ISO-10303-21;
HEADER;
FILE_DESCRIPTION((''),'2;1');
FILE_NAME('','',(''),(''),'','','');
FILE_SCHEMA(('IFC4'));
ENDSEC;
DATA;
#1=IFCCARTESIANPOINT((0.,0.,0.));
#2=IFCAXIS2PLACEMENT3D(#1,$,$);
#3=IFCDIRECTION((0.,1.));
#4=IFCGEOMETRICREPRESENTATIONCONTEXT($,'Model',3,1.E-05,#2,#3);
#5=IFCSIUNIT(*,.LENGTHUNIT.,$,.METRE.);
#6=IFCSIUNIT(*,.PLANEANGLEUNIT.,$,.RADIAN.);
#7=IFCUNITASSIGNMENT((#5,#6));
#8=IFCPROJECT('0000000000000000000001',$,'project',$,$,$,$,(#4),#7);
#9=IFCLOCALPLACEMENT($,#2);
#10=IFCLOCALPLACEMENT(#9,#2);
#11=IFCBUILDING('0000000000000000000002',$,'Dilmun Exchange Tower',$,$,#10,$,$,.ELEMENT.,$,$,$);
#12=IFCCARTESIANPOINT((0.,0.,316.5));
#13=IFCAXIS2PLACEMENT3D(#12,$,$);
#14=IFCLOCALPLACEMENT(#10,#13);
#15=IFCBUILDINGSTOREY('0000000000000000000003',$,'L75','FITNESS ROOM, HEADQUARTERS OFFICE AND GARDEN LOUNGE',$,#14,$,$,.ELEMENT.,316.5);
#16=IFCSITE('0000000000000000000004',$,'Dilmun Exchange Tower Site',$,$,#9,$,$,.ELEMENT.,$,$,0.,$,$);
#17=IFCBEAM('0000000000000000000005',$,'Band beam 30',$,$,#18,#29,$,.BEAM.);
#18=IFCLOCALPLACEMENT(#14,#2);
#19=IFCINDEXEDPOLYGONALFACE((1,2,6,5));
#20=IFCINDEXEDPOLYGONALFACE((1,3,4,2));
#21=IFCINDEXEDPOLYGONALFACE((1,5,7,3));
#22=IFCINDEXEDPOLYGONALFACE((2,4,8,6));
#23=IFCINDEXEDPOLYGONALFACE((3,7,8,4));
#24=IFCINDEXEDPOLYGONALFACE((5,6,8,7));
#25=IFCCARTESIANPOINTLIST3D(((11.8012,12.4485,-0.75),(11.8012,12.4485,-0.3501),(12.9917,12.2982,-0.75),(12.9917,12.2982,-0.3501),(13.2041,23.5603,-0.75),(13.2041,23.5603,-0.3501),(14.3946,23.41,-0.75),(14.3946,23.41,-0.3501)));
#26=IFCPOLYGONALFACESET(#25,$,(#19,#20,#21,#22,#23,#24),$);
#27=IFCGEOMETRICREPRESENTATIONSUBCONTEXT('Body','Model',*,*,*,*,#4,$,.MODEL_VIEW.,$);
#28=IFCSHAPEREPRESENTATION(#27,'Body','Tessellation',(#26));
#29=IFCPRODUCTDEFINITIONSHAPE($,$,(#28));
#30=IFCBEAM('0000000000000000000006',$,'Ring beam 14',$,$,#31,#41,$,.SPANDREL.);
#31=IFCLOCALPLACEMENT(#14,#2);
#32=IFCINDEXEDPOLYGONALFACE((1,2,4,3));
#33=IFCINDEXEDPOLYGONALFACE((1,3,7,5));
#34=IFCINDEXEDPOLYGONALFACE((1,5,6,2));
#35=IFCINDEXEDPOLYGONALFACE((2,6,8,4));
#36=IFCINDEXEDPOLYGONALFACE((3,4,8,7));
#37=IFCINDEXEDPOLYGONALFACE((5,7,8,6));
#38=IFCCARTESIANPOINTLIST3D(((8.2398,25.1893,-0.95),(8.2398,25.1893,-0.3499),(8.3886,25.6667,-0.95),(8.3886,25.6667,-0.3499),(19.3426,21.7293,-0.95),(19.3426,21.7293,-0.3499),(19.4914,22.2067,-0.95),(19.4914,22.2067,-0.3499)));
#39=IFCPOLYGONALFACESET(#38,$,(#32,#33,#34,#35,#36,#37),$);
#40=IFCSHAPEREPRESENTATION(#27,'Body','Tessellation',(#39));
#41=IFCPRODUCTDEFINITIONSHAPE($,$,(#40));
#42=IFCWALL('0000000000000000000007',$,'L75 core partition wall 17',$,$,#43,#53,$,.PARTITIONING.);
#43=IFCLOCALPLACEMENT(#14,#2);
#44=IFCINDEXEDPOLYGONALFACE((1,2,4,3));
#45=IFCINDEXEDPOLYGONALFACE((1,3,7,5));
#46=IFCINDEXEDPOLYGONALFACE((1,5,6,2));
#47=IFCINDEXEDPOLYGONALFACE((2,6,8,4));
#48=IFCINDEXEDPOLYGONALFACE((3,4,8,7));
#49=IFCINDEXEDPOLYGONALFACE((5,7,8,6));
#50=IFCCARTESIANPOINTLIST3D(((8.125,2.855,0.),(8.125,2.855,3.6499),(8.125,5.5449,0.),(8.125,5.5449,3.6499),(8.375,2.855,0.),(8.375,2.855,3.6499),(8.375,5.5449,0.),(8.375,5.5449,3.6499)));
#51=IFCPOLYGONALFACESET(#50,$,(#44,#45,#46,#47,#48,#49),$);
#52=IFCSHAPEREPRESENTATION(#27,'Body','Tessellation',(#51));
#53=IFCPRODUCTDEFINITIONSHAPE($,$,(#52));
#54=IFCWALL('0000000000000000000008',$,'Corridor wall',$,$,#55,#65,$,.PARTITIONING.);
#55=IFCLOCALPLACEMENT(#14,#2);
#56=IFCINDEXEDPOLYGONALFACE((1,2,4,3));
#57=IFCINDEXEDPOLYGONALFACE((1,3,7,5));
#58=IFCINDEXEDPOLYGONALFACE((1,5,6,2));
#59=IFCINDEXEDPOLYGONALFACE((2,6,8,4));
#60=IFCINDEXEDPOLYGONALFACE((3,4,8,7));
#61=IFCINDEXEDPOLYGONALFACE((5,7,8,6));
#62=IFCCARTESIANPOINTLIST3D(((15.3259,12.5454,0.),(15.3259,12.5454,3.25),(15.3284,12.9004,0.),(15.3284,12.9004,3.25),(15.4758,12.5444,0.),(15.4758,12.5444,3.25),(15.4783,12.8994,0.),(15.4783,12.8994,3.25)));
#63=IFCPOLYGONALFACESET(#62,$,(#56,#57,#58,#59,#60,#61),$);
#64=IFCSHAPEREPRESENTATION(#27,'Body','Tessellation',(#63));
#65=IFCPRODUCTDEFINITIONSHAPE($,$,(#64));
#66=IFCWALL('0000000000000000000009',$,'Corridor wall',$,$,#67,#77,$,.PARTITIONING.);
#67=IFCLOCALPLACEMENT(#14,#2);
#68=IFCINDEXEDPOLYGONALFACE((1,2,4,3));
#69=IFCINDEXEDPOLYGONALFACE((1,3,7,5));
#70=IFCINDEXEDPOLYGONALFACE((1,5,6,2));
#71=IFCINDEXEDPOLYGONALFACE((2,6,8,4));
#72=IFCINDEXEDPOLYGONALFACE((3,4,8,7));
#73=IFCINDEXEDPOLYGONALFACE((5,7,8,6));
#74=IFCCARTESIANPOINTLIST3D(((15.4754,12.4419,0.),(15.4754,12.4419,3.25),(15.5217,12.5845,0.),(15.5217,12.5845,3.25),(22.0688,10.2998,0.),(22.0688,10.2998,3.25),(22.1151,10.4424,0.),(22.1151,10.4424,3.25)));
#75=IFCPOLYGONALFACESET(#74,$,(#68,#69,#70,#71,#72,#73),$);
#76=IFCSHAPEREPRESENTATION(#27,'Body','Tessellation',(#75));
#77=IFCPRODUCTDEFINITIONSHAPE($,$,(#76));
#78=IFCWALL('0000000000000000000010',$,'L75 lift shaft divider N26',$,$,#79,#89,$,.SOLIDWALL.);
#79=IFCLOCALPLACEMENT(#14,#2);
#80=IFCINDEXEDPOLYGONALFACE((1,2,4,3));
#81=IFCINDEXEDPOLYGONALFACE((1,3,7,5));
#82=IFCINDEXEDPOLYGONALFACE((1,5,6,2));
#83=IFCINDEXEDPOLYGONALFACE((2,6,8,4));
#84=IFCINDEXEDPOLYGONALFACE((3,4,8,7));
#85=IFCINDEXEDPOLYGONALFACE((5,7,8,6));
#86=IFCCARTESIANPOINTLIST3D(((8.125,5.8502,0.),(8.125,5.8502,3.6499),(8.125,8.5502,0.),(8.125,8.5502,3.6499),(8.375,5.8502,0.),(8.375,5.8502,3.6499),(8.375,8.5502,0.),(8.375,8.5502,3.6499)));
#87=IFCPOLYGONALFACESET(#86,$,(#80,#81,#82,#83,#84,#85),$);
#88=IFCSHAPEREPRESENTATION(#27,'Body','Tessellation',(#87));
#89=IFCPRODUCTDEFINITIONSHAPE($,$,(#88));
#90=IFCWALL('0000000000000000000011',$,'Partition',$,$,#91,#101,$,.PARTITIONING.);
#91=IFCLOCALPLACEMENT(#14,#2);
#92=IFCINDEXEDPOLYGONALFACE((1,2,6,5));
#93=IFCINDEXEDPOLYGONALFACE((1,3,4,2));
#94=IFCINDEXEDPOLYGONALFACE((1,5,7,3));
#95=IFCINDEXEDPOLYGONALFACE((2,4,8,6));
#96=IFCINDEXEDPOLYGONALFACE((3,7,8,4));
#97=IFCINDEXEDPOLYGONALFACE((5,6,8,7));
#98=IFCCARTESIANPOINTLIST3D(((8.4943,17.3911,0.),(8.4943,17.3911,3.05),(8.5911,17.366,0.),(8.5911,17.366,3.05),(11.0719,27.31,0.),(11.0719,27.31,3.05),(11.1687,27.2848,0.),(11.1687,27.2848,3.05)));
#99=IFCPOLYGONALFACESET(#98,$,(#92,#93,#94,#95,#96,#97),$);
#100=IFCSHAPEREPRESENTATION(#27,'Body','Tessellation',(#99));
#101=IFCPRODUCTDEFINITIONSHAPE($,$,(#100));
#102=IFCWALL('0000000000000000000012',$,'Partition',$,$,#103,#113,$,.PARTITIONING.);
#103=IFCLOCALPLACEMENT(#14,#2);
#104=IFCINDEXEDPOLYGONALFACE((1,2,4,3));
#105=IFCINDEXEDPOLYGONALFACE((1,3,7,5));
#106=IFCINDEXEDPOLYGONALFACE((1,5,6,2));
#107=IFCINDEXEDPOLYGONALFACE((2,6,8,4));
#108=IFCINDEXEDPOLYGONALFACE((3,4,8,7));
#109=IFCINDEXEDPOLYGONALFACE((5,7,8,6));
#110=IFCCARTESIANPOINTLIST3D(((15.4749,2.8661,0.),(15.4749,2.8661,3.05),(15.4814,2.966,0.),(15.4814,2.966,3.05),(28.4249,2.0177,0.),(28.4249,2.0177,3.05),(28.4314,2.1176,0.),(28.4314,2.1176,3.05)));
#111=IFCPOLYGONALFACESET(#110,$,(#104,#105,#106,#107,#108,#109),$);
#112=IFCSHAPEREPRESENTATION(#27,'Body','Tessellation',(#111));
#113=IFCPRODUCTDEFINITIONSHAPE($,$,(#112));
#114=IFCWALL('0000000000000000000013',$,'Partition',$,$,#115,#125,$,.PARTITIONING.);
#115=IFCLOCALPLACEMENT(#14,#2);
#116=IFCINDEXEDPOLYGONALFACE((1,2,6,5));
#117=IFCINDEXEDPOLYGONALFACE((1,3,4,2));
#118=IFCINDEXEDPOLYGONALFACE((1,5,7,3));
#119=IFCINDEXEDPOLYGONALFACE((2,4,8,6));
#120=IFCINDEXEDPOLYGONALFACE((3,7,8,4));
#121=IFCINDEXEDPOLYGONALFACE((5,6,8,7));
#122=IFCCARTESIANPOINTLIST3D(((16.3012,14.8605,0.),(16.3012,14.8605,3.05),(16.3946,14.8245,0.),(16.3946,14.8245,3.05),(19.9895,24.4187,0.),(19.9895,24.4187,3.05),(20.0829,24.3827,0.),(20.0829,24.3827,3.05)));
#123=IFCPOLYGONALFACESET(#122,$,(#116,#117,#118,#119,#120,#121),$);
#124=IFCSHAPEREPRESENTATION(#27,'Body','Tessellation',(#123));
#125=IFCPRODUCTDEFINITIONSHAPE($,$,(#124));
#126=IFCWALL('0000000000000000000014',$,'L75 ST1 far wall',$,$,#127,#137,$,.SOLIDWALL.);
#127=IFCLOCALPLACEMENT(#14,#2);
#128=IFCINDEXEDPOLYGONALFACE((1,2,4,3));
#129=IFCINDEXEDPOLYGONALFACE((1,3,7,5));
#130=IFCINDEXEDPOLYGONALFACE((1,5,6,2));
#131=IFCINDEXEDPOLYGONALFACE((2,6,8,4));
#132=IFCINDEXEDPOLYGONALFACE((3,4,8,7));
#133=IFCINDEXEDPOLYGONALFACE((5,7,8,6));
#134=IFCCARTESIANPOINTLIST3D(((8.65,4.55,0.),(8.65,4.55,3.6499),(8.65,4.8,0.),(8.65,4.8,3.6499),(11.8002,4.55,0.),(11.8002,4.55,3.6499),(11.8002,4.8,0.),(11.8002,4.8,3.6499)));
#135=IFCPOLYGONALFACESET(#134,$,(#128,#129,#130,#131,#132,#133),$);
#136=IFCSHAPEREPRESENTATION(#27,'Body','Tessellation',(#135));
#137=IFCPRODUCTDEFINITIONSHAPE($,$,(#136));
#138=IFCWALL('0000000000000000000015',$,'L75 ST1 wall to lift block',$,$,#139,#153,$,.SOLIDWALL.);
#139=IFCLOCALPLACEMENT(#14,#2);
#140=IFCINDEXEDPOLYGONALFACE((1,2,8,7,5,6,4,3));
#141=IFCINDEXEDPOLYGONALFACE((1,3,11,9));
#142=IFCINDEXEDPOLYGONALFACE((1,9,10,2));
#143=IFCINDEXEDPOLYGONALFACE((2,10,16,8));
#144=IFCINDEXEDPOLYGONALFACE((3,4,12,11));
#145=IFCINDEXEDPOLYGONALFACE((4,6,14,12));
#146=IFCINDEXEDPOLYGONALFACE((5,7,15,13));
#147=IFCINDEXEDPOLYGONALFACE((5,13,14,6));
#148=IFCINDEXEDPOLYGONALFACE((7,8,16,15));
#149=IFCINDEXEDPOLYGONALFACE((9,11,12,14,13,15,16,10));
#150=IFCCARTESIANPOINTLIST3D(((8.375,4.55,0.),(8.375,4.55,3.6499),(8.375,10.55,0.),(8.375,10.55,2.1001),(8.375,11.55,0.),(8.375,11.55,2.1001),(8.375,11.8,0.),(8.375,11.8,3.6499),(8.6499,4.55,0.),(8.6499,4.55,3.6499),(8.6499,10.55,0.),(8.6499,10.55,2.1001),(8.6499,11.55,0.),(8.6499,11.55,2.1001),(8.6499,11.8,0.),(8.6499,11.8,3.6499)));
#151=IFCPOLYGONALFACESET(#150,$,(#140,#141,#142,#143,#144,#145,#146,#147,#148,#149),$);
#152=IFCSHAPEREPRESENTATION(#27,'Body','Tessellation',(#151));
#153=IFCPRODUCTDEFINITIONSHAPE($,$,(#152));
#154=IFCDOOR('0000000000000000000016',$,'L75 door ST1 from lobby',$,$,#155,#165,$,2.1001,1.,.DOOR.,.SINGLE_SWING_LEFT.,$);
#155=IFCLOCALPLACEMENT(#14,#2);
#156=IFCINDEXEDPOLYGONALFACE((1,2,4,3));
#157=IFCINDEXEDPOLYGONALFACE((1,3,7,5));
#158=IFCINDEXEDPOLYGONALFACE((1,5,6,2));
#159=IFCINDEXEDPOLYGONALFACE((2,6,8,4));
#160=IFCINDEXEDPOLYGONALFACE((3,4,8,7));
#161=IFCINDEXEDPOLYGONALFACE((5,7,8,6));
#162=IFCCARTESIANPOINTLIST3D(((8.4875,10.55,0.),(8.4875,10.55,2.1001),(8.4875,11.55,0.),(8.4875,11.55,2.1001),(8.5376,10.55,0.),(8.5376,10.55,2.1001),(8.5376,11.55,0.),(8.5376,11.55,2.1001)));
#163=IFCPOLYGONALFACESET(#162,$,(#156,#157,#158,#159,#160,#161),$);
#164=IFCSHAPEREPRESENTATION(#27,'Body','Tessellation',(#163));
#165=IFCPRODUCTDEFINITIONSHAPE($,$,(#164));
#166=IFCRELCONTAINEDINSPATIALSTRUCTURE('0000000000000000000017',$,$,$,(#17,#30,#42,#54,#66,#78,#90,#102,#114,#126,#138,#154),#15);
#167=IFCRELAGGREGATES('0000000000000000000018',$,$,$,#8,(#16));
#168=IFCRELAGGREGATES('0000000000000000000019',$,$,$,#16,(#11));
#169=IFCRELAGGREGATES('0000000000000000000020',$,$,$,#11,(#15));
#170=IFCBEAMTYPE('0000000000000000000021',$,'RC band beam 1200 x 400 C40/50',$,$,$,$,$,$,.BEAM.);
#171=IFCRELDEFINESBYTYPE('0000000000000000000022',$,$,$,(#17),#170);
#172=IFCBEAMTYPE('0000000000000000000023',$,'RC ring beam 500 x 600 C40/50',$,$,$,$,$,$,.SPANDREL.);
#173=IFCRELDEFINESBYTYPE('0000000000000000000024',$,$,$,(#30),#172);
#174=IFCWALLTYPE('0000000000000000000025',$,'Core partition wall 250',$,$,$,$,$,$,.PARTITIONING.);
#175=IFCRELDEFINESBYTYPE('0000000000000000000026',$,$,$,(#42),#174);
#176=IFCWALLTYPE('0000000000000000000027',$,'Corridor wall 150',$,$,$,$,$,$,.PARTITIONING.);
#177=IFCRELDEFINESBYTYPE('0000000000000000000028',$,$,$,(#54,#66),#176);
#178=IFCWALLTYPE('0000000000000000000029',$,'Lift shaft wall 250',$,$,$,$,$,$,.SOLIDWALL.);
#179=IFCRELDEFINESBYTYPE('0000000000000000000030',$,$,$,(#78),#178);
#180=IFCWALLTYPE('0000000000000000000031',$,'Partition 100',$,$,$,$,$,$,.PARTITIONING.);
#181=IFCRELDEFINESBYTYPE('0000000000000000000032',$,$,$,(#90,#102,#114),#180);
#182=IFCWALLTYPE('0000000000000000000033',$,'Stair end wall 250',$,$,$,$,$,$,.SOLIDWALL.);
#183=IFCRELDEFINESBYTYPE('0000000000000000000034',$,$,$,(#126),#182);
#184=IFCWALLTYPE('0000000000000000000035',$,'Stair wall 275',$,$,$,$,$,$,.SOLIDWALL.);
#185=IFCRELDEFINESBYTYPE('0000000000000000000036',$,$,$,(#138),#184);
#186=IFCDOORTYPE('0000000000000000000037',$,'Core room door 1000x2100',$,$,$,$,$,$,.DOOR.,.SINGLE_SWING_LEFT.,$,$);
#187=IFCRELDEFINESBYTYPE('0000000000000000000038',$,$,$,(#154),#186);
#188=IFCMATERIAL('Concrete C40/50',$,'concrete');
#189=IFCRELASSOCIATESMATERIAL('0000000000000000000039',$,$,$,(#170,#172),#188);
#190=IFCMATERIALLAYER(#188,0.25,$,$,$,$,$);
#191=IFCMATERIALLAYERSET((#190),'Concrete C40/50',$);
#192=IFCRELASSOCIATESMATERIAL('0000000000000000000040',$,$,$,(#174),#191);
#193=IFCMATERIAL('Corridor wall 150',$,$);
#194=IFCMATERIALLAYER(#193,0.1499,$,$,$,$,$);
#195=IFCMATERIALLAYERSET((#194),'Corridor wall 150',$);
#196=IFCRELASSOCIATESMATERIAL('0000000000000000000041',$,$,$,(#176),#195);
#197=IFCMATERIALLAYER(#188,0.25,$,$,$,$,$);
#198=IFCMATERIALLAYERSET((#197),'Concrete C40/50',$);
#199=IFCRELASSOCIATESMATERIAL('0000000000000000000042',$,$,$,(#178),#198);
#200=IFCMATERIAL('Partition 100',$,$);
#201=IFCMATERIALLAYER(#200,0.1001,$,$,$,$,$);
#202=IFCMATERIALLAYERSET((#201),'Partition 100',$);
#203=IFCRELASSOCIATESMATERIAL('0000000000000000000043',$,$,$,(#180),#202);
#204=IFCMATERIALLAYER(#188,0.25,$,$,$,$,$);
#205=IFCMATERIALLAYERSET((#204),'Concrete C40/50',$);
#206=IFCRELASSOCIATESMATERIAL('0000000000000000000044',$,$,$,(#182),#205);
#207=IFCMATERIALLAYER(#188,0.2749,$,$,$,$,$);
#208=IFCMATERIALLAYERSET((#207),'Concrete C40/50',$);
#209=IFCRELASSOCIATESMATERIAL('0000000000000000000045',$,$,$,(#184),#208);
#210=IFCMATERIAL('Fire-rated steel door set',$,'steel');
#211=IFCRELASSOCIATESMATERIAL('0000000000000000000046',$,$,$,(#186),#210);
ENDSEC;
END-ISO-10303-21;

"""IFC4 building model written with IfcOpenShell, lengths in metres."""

from ifc_helpers import new_model, si_unit, direction, frame, frame_2d, origin, origin_2d, place, context, subcontext, project, spatial, rectangle, extrude, material, layer, layer_set, material_profile, profile_set, type_object, element, fill, save


model = new_model("IFC4")

# Units and contexts
model_context = context("Model", 3, precision=1e-05, world=origin(), true_north=direction((0.0, 1.0)))
body_context = subcontext(model_context, "Body", "Model", "MODEL_VIEW")
ifc_project = project(units=[si_unit("LENGTHUNIT", "METRE"), si_unit("PLANEANGLEUNIT", "RADIAN")], contexts=[model_context])

# Site, building, storey
site_placement = place(None, origin())
site = spatial("IfcSite", under=ifc_project, at=site_placement, Name="Dilmun Exchange Tower Site", CompositionType="ELEMENT", RefElevation=0.0)
building_placement = place(site_placement, origin())
building = spatial("IfcBuilding", under=site, at=building_placement, Name="Dilmun Exchange Tower", CompositionType="ELEMENT")
storey_placement = place(building_placement, frame((0.0, 0.0, 316.5)))
storey = spatial("IfcBuildingStorey", under=building, at=storey_placement, Name="L75", Description="FITNESS ROOM, HEADQUARTERS OFFICE AND GARDEN LOUNGE", CompositionType="ELEMENT", Elevation=316.5)

# Beams
ifc_material_1 = material(Name="Concrete C40/50", Category="concrete")
ifc_material_profile_1 = material_profile(ifc_material_1, rectangle(XDim=1.2, YDim=0.3999, at=origin_2d()), Name="1200 x 400")
ifc_profile_set_1 = profile_set([ifc_material_profile_1], Name="Concrete C40/50")
beam_type_1 = type_object("IfcBeamType", Name="RC band beam 1200 x 400 C40/50", PredefinedType="BEAM", material=ifc_profile_set_1)
beam_1_placement = place(storey_placement, frame((13.7993, 23.4851, -0.55), z_axis=(-0.125253, -0.992125, 0.0), x_axis=(0.992125, -0.125253, 0.0)))
element("IfcBeam", 1, at=beam_1_placement, inside=storey, type_object=beam_type_1, Name="Band beam 30", PredefinedType="BEAM", context=body_context, shape_type="SweptSolid", body=[
    extrude(rectangle(XDim=1.2, YDim=0.3999, at=origin_2d()), origin(), (0.0, 0.0, 1.0), 11.2),
])
ifc_material_profile_2 = material_profile(ifc_material_1, rectangle(XDim=0.5, YDim=0.6001, at=origin_2d()), Name="500 x 600")
ifc_profile_set_2 = profile_set([ifc_material_profile_2], Name="Concrete C40/50")
beam_type_2 = type_object("IfcBeamType", Name="RC ring beam 500 x 600 C40/50", PredefinedType="SPANDREL", material=ifc_profile_set_2)
beam_2_placement = place(storey_placement, frame((19.417, 21.968, -0.6499), z_axis=(-0.954716, 0.297518, 0.0), x_axis=(-0.297518, -0.954716, 0.0)))
element("IfcBeam", 2, at=beam_2_placement, inside=storey, type_object=beam_type_2, Name="Ring beam 14", PredefinedType="SPANDREL", context=body_context, shape_type="SweptSolid", body=[
    extrude(rectangle(XDim=0.5, YDim=0.6001, at=origin_2d()), origin(), (0.0, 0.0, 1.0), 11.6294),
])

# Walls
ifc_layer_1 = layer(ifc_material_1, 0.25)
ifc_layer_set_1 = layer_set([ifc_layer_1], Name="Concrete C40/50")
wall_type_1 = type_object("IfcWallType", Name="Core partition wall 250", PredefinedType="PARTITIONING", material=ifc_layer_set_1)
wall_1_placement = place(storey_placement, frame((8.25, 2.855, 0.0), z_axis=(0.0, 0.0, 1.0), x_axis=(0.0, 1.0, 0.0)))
element("IfcWall", 3, at=wall_1_placement, inside=storey, type_object=wall_type_1, Name="L75 core partition wall 17", PredefinedType="PARTITIONING", context=body_context, shape_type="SweptSolid", body=[
    extrude(rectangle(XDim=2.6899, YDim=0.25, at=frame_2d((1.345, 0.0))), origin(), (0.0, 0.0, 1.0), 3.6499),
])
ifc_material_2 = material(Name="Corridor wall 150")
ifc_layer_2 = layer(ifc_material_2, 0.1499)
ifc_layer_set_2 = layer_set([ifc_layer_2], Name="Corridor wall 150")
wall_type_2 = type_object("IfcWallType", Name="Corridor wall 150", PredefinedType="PARTITIONING", material=ifc_layer_set_2)
wall_2_placement = place(storey_placement, frame((15.4033, 12.8999, 0.0), z_axis=(0.0, 0.0, 1.0), x_axis=(-0.006877, -0.999976, 0.0)))
element("IfcWall", 4, at=wall_2_placement, inside=storey, type_object=wall_type_2, Name="Corridor wall", PredefinedType="PARTITIONING", context=body_context, shape_type="SweptSolid", body=[
    extrude(rectangle(XDim=0.355, YDim=0.1499, at=frame_2d((0.1775, 0.0))), origin(), (0.0, 0.0, 1.0), 3.25),
])
wall_3_placement = place(storey_placement, frame((15.4985, 12.5132, 0.0), z_axis=(0.0, 0.0, 1.0), x_axis=(0.951068, -0.308982, 0.0)))
element("IfcWall", 5, at=wall_3_placement, inside=storey, type_object=wall_type_2, Name="Corridor wall", PredefinedType="PARTITIONING", context=body_context, shape_type="SweptSolid", body=[
    extrude(rectangle(XDim=6.9326, YDim=0.1499, at=frame_2d((3.4663, 0.0))), origin(), (0.0, 0.0, 1.0), 3.25),
])
ifc_layer_3 = layer(ifc_material_1, 0.25)
ifc_layer_set_3 = layer_set([ifc_layer_3], Name="Concrete C40/50")
wall_type_3 = type_object("IfcWallType", Name="Lift shaft wall 250", PredefinedType="SOLIDWALL", material=ifc_layer_set_3)
wall_4_placement = place(storey_placement, frame((8.25, 5.8501, 0.0), z_axis=(0.0, 0.0, 1.0), x_axis=(0.0, 1.0, 0.0)))
element("IfcWall", 6, at=wall_4_placement, inside=storey, type_object=wall_type_3, Name="L75 lift shaft divider N26", PredefinedType="SOLIDWALL", context=body_context, shape_type="SweptSolid", body=[
    extrude(rectangle(XDim=2.7, YDim=0.25, at=frame_2d((1.3501, 0.0))), origin(), (0.0, 0.0, 1.0), 3.6499),
])
ifc_material_3 = material(Name="Partition 100")
ifc_layer_4 = layer(ifc_material_3, 0.1001)
ifc_layer_set_4 = layer_set([ifc_layer_4], Name="Partition 100")
wall_type_4 = type_object("IfcWallType", Name="Partition 100", PredefinedType="PARTITIONING", material=ifc_layer_set_4)
wall_5_placement = place(storey_placement, frame((8.5427, 17.3787, 0.0), z_axis=(0.0, 0.0, 1.0), x_axis=(0.251516, 0.967853, 0.0)))
element("IfcWall", 7, at=wall_5_placement, inside=storey, type_object=wall_type_4, Name="Partition", PredefinedType="PARTITIONING", context=body_context, shape_type="SweptSolid", body=[
    extrude(rectangle(XDim=10.2483, YDim=0.1001, at=frame_2d((5.124, 0.0))), origin(), (0.0, 0.0, 1.0), 3.05),
])
wall_6_placement = place(storey_placement, frame((15.4783, 2.916, 0.0), z_axis=(0.0, 0.0, 1.0), x_axis=(0.997861, -0.065373, 0.0)))
element("IfcWall", 8, at=wall_6_placement, inside=storey, type_object=wall_type_4, Name="Partition", PredefinedType="PARTITIONING", context=body_context, shape_type="SweptSolid", body=[
    extrude(rectangle(XDim=12.9778, YDim=0.1001, at=frame_2d((6.4888, 0.0))), origin(), (0.0, 0.0, 1.0), 3.05),
])
wall_7_placement = place(storey_placement, frame((16.3479, 14.8425, 0.0), z_axis=(0.0, 0.0, 1.0), x_axis=(0.360002, 0.932951, 0.0)))
element("IfcWall", 9, at=wall_7_placement, inside=storey, type_object=wall_type_4, Name="Partition", PredefinedType="PARTITIONING", context=body_context, shape_type="SweptSolid", body=[
    extrude(rectangle(XDim=10.2451, YDim=0.1001, at=frame_2d((5.1226, 0.0))), origin(), (0.0, 0.0, 1.0), 3.05),
])
ifc_layer_5 = layer(ifc_material_1, 0.25)
ifc_layer_set_5 = layer_set([ifc_layer_5], Name="Concrete C40/50")
wall_type_5 = type_object("IfcWallType", Name="Stair end wall 250", PredefinedType="SOLIDWALL", material=ifc_layer_set_5)
wall_8_placement = place(storey_placement, frame((8.6499, 4.675, 0.0), z_axis=(0.0, 0.0, 1.0), x_axis=(1.0, 0.0, 0.0)))
element("IfcWall", 10, at=wall_8_placement, inside=storey, type_object=wall_type_5, Name="L75 ST1 far wall", PredefinedType="SOLIDWALL", context=body_context, shape_type="SweptSolid", body=[
    extrude(rectangle(XDim=3.1501, YDim=0.25, at=frame_2d((1.5752, 0.0))), origin(), (0.0, 0.0, 1.0), 3.6499),
])

# Wall, opening, door
ifc_layer_6 = layer(ifc_material_1, 0.2749)
ifc_layer_set_6 = layer_set([ifc_layer_6], Name="Concrete C40/50")
wall_type_6 = type_object("IfcWallType", Name="Stair wall 275", PredefinedType="SOLIDWALL", material=ifc_layer_set_6)
wall_9_placement = place(storey_placement, frame((8.5125, 4.55, 0.0), z_axis=(0.0, 0.0, 1.0), x_axis=(0.0, 1.0, 0.0)))
wall_9 = element("IfcWall", 11, at=wall_9_placement, inside=storey, type_object=wall_type_6, Name="L75 ST1 wall to lift block", PredefinedType="SOLIDWALL", context=body_context, shape_type="SweptSolid", body=[
    extrude(rectangle(XDim=7.25, YDim=0.2749, at=frame_2d((3.625, 0.0))), origin(), (0.0, 0.0, 1.0), 3.6499),
])
opening_placement = place(wall_9_placement, frame((6.0, 0.0, 0.0)))
opening = element("IfcOpeningElement", 12, at=opening_placement, cuts=wall_9, PredefinedType="OPENING", context=body_context, shape_type="SweptSolid", body=[
    extrude(rectangle(XDim=1.0, YDim=2.1001, at=frame_2d((0.5, 1.05))), frame((0.0, 0.1475, 0.0), z_axis=(0.0, -1.0, 0.0), x_axis=(1.0, 0.0, 0.0)), (0.0, 0.0, 1.0), 0.2949),
])
ifc_material_4 = material(Name="Fire-rated steel door set", Category="steel")
door_type = type_object("IfcDoorType", Name="Core room door 1000x2100", OperationType="SINGLE_SWING_LEFT", PredefinedType="DOOR", material=ifc_material_4)
door_placement = place(opening_placement, origin())
door = element("IfcDoor", 13, at=door_placement, inside=storey, type_object=door_type, Name="L75 door ST1 from lobby", OperationType="SINGLE_SWING_LEFT", OverallHeight=2.1001, OverallWidth=1.0, PredefinedType="DOOR", context=body_context, shape_type="SweptSolid", body=[
    extrude(rectangle(XDim=1.0, YDim=2.1001, at=frame_2d((0.5, 1.05))), frame((0.0, 0.0249, 0.0), z_axis=(0.0, -1.0, 0.0), x_axis=(1.0, 0.0, 0.0)), (0.0, 0.0, 1.0), 0.05),
])
fill(opening, door)

save(model, "model.ifc")
